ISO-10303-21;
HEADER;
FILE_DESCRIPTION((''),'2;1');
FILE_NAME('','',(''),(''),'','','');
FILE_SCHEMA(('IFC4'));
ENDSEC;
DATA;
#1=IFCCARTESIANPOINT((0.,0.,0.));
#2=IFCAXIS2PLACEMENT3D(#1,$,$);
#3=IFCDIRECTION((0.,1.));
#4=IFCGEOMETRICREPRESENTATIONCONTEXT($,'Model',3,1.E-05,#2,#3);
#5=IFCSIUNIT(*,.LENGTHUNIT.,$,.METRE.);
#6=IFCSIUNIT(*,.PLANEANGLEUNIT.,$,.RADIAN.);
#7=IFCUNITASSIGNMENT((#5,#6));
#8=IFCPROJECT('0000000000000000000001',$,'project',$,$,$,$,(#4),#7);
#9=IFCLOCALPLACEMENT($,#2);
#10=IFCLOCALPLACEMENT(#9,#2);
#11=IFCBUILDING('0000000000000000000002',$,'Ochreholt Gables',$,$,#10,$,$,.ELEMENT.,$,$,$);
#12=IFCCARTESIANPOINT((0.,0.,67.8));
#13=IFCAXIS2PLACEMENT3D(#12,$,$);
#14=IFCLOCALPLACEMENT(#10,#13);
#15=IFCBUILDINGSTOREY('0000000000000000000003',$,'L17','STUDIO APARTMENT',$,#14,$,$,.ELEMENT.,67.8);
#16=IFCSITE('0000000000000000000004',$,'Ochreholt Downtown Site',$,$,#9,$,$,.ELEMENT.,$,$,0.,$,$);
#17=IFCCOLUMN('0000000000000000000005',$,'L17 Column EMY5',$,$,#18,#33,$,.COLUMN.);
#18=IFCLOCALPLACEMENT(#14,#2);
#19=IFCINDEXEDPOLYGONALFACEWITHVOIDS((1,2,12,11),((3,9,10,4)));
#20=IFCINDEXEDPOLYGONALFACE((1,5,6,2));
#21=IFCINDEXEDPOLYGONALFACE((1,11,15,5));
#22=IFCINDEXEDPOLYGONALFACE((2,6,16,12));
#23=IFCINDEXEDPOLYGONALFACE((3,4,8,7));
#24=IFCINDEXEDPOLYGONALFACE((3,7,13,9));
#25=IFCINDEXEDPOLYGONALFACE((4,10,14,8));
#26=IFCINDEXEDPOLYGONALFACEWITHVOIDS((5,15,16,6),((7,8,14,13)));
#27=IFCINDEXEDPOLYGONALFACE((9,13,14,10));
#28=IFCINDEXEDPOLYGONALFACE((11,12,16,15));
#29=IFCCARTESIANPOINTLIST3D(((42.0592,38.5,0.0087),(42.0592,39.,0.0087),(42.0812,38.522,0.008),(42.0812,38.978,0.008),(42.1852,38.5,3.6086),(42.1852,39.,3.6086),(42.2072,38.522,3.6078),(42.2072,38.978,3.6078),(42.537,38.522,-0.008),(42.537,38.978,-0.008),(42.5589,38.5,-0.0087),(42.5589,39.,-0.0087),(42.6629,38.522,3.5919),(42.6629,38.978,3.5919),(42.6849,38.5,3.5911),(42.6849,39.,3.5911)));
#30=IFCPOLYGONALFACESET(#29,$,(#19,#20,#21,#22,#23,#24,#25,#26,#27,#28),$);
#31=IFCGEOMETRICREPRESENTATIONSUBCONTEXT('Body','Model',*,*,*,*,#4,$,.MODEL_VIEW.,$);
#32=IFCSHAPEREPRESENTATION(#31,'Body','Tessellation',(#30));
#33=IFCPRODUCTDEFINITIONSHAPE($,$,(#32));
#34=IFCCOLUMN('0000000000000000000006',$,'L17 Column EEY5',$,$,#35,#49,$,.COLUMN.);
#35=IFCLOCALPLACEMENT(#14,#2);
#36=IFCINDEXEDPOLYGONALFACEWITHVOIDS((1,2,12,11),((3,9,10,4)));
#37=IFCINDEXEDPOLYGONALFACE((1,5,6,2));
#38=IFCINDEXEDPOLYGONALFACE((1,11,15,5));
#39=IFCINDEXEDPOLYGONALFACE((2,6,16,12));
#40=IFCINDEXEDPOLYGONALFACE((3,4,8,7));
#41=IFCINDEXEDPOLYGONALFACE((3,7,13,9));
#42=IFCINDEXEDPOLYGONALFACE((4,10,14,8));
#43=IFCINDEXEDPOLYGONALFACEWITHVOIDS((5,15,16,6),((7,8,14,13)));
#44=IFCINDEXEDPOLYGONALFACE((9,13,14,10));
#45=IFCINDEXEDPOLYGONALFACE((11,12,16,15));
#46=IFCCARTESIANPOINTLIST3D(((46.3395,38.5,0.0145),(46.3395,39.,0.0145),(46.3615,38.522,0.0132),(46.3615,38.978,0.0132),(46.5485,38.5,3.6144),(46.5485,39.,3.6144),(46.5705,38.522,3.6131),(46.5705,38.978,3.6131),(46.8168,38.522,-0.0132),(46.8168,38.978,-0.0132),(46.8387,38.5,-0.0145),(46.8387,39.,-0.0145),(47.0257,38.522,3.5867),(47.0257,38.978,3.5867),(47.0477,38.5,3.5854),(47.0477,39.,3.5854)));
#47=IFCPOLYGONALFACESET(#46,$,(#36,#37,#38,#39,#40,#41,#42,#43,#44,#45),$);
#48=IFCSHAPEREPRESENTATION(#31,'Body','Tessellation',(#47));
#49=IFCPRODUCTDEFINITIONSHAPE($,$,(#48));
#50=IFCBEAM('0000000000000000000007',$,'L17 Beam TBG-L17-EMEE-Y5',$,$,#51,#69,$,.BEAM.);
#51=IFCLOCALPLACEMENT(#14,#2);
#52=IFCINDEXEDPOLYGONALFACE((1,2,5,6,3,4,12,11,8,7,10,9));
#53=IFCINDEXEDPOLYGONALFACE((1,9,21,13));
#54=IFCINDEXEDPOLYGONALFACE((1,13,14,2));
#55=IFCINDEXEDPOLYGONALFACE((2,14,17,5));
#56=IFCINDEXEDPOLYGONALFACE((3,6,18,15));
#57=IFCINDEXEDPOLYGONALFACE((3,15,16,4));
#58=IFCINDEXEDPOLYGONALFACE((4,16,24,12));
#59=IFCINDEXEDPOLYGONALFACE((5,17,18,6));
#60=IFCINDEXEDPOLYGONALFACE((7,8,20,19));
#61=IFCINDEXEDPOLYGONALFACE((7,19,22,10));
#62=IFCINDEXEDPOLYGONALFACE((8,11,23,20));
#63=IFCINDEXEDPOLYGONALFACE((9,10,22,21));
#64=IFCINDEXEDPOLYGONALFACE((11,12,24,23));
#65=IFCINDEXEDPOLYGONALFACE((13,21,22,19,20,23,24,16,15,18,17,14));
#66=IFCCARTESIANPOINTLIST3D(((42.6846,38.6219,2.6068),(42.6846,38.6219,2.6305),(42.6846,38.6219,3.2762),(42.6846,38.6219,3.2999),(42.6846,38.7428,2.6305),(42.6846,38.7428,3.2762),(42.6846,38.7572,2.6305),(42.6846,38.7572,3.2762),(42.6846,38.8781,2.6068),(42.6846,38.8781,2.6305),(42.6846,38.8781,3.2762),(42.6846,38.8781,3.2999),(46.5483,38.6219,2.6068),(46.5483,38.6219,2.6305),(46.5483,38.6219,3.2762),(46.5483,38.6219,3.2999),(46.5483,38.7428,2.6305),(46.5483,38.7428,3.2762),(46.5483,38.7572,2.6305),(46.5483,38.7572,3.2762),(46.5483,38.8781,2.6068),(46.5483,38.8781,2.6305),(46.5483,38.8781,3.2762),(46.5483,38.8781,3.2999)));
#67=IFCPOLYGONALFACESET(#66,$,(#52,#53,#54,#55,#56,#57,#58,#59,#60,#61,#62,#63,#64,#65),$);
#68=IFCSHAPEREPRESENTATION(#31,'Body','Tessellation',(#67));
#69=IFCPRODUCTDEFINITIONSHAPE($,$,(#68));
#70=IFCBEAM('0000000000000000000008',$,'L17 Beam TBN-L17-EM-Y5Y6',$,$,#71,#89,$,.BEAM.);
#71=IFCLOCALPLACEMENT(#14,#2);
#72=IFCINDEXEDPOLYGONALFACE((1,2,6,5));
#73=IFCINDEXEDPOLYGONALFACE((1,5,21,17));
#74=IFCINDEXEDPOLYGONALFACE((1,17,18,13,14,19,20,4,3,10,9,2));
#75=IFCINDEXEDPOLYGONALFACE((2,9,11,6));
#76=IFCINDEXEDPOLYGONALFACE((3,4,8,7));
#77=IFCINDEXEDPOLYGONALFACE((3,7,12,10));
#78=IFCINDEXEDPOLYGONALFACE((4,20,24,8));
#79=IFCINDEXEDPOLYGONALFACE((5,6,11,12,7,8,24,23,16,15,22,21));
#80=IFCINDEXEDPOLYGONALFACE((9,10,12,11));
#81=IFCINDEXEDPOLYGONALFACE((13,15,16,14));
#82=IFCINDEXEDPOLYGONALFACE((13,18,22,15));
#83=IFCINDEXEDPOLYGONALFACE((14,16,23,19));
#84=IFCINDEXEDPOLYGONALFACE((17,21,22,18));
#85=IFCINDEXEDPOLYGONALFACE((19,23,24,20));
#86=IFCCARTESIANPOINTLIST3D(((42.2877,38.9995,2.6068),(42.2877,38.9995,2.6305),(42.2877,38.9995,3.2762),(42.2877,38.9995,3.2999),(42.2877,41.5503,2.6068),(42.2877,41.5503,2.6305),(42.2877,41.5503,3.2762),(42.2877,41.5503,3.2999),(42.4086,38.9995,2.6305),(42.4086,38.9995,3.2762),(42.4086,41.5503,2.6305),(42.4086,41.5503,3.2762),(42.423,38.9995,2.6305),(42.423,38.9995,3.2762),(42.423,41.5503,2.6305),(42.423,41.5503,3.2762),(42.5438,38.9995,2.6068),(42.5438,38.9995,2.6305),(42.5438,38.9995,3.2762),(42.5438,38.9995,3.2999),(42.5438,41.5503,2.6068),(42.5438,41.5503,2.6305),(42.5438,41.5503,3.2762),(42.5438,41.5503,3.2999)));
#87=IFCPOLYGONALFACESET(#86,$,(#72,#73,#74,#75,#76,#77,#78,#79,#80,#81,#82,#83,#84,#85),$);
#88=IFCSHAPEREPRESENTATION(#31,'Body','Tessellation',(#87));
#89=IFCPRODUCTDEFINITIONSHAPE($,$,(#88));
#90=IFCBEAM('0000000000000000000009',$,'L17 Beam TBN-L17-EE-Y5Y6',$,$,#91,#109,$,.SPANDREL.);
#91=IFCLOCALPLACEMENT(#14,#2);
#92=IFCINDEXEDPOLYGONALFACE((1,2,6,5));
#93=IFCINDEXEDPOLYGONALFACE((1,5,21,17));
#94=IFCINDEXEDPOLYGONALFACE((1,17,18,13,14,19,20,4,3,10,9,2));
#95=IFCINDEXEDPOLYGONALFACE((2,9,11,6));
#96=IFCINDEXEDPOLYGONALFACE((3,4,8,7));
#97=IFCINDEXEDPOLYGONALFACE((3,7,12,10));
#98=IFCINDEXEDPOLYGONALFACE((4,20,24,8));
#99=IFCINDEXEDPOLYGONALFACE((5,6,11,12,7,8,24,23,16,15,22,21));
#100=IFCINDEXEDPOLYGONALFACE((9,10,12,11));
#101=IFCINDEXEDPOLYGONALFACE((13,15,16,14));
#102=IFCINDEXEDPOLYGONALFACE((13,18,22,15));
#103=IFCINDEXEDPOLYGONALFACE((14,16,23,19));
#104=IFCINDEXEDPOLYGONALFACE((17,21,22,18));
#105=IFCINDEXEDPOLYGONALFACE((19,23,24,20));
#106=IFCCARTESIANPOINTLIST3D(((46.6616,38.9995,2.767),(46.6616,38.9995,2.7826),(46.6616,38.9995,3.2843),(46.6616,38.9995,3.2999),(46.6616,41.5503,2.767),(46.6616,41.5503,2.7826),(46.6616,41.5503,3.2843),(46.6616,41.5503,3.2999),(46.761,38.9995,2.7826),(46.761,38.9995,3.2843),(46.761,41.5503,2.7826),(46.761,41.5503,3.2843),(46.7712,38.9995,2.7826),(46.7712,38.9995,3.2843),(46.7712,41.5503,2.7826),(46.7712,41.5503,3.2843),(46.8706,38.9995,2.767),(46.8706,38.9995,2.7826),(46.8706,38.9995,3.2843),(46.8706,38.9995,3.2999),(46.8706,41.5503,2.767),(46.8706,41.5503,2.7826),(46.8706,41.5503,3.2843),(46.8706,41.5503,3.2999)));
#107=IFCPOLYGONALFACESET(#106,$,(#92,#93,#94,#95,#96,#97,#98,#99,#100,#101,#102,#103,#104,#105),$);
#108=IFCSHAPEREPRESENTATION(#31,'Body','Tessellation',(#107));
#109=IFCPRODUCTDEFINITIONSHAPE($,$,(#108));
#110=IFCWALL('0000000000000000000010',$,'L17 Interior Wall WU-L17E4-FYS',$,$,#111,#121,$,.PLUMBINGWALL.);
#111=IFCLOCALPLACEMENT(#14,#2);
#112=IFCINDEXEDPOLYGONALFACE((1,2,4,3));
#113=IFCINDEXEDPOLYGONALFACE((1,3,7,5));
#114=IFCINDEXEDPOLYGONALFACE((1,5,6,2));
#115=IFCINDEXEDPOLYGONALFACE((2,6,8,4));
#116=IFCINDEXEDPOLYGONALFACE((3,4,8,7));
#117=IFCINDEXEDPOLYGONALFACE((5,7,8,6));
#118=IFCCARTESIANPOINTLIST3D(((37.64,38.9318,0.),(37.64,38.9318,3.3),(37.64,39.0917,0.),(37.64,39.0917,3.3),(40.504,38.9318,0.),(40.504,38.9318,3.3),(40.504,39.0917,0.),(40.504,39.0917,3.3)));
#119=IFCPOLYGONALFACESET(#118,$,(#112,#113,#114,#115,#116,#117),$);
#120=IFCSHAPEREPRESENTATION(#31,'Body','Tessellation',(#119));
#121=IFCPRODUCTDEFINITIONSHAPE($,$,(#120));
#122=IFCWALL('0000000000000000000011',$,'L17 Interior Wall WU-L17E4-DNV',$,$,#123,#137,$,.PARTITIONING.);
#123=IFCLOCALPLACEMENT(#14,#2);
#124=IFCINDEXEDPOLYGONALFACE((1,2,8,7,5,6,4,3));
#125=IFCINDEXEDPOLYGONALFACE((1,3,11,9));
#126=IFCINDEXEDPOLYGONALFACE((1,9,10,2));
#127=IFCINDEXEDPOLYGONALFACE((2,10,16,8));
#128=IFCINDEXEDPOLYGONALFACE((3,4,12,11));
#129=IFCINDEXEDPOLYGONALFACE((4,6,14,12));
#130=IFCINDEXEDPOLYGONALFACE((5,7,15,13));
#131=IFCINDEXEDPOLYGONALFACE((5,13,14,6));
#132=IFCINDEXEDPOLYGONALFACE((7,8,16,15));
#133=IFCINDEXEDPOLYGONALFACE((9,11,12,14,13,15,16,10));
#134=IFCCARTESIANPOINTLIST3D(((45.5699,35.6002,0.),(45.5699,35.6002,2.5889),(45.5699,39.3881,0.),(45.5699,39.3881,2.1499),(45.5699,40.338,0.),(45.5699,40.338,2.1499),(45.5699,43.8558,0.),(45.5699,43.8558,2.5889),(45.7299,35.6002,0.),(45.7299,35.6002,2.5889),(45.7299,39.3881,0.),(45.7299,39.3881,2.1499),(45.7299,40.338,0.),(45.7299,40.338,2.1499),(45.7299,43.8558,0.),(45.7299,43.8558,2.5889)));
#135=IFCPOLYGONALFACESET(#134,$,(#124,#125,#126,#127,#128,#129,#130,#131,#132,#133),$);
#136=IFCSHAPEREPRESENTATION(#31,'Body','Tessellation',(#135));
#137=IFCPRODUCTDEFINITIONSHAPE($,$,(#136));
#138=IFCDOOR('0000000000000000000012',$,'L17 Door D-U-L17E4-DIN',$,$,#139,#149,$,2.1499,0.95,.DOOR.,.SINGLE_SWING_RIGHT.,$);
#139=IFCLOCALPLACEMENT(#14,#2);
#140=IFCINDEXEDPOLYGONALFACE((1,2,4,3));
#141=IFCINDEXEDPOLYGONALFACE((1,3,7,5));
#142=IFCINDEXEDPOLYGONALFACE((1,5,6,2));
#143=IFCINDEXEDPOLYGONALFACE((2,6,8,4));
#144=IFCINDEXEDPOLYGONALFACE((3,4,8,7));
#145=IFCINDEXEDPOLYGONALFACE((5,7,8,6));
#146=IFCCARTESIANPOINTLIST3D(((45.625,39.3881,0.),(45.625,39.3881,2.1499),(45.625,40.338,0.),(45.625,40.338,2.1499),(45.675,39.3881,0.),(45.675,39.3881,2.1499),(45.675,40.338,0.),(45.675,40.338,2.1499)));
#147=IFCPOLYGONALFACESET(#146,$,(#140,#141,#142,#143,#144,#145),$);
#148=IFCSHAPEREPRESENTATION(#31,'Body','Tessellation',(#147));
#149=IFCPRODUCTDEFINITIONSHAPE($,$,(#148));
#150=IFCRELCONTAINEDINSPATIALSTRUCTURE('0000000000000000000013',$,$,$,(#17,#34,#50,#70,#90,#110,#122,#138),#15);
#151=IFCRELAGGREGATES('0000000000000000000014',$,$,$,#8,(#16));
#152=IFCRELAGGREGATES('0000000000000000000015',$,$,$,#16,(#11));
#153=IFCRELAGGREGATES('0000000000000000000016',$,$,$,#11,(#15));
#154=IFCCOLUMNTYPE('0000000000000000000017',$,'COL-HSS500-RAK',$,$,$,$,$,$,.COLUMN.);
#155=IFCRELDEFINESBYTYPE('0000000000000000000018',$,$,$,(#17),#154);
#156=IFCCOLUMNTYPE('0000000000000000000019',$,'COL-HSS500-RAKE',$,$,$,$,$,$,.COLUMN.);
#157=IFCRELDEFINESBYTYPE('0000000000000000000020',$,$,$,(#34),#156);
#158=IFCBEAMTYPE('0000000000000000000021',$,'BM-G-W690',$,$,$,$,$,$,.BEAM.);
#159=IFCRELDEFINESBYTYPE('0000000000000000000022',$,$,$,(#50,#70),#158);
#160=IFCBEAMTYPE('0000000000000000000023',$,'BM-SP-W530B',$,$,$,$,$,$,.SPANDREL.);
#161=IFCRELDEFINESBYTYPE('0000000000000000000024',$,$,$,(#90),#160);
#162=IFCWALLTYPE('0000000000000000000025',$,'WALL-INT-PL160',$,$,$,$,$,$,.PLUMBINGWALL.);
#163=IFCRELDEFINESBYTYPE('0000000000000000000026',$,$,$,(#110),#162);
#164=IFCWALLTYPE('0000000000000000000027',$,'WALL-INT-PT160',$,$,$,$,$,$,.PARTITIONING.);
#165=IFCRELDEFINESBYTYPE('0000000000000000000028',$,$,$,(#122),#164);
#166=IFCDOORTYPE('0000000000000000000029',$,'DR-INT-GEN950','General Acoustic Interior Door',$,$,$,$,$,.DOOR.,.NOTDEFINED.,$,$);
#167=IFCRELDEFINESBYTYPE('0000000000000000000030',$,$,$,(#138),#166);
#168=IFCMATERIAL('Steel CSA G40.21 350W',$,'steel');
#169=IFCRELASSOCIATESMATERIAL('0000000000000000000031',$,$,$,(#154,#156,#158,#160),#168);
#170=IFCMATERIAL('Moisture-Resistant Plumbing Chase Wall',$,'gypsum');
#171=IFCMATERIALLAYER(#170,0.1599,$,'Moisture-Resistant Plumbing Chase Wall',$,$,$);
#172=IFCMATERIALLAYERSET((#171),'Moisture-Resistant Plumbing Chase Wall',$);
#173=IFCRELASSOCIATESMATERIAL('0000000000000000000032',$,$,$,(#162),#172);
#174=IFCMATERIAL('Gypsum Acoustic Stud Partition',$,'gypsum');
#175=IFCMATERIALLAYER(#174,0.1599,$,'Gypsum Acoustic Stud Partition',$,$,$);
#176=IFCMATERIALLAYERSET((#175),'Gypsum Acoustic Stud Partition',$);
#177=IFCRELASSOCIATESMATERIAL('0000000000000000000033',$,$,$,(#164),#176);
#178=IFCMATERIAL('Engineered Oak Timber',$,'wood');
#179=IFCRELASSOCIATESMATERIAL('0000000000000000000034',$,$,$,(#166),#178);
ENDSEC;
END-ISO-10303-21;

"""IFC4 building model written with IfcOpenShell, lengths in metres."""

from ifc_helpers import new_model, si_unit, direction, frame, frame_2d, origin, origin_2d, place, context, subcontext, project, spatial, rectangle, hollow_rectangle, i_section, extrude, material, layer, layer_set, material_profile, profile_set, type_object, element, fill, save


model = new_model("IFC4")

# Units and contexts
model_context = context("Model", 3, precision=1e-05, world=origin(), true_north=direction((0.0, 1.0)))
body_context = subcontext(model_context, "Body", "Model", "MODEL_VIEW")
ifc_project = project(units=[si_unit("LENGTHUNIT", "METRE"), si_unit("PLANEANGLEUNIT", "RADIAN")], contexts=[model_context])

# Site, building, storey
site_placement = place(None, origin())
site = spatial("IfcSite", under=ifc_project, at=site_placement, Name="Ochreholt Downtown Site", CompositionType="ELEMENT", RefElevation=0.0)
building_placement = place(site_placement, origin())
building = spatial("IfcBuilding", under=site, at=building_placement, Name="Ochreholt Gables", CompositionType="ELEMENT")
storey_placement = place(building_placement, frame((0.0, 0.0, 67.8)))
storey = spatial("IfcBuildingStorey", under=building, at=storey_placement, Name="L17", Description="STUDIO APARTMENT", CompositionType="ELEMENT", Elevation=67.8)

# Columns
ifc_material_1 = material(Name="Steel CSA G40.21 350W", Category="steel")
ifc_material_profile_1 = material_profile(ifc_material_1, hollow_rectangle(XDim=0.5, YDim=0.5, WallThickness=0.022, at=origin_2d()), Name="HSS500X500X22")
ifc_profile_set_1 = profile_set([ifc_material_profile_1], Name="Steel CSA G40.21 350W")
column_type_1 = type_object("IfcColumnType", Name="COL-HSS500-RAK", PredefinedType="COLUMN", material=ifc_profile_set_1)
column_1_placement = place(storey_placement, frame((42.3091, 38.75, 0.0), z_axis=(0.034974, 0.0, 0.999388), x_axis=(0.0, 1.0, 0.0)))
element("IfcColumn", 1, at=column_1_placement, inside=storey, type_object=column_type_1, Name="L17 Column EMY5", PredefinedType="COLUMN", context=body_context, shape_type="SweptSolid", body=[
    extrude(hollow_rectangle(XDim=0.5, YDim=0.5, WallThickness=0.022, at=origin_2d()), origin(), (0.0, 0.0, 1.0), 3.6021),
])
ifc_material_profile_2 = material_profile(ifc_material_1, hollow_rectangle(XDim=0.5, YDim=0.5, WallThickness=0.022, at=origin_2d()), Name="HSS500X500X22")
ifc_profile_set_2 = profile_set([ifc_material_profile_2], Name="Steel CSA G40.21 350W")
column_type_2 = type_object("IfcColumnType", Name="COL-HSS500-RAKE", PredefinedType="COLUMN", material=ifc_profile_set_2)
column_2_placement = place(storey_placement, frame((46.5891, 38.75, 0.0), z_axis=(0.057956, 0.0, 0.998319), x_axis=(0.0, 1.0, 0.0)))
element("IfcColumn", 2, at=column_2_placement, inside=storey, type_object=column_type_2, Name="L17 Column EEY5", PredefinedType="COLUMN", context=body_context, shape_type="SweptSolid", body=[
    extrude(hollow_rectangle(XDim=0.5, YDim=0.5, WallThickness=0.022, at=origin_2d()), origin(), (0.0, 0.0, 1.0), 3.606),
])

# Beams
ifc_material_profile_3 = material_profile(ifc_material_1, i_section(OverallWidth=0.2561, OverallDepth=0.6931, WebThickness=0.0144, FlangeThickness=0.0237, at=origin_2d()), Name="W690X170")
ifc_profile_set_3 = profile_set([ifc_material_profile_3], Name="Steel CSA G40.21 350W")
beam_type_1 = type_object("IfcBeamType", Name="BM-G-W690", PredefinedType="BEAM", material=ifc_profile_set_3)
beam_1_placement = place(storey_placement, frame((42.6846, 38.75, 2.9534), z_axis=(1.0, 0.0, 0.0), x_axis=(0.0, 1.0, 0.0)))
element("IfcBeam", 3, at=beam_1_placement, inside=storey, type_object=beam_type_1, Name="L17 Beam TBG-L17-EMEE-Y5", PredefinedType="BEAM", context=body_context, shape_type="SweptSolid", body=[
    extrude(i_section(OverallWidth=0.2561, OverallDepth=0.6931, WebThickness=0.0144, FlangeThickness=0.0237, at=origin_2d()), origin(), (0.0, 0.0, 1.0), 3.8638),
])
beam_2_placement = place(storey_placement, frame((42.4158, 38.9995, 2.9534), z_axis=(0.0, 1.0, 0.0), x_axis=(-1.0, 0.0, 0.0)))
element("IfcBeam", 4, at=beam_2_placement, inside=storey, type_object=beam_type_1, Name="L17 Beam TBN-L17-EM-Y5Y6", PredefinedType="BEAM", context=body_context, shape_type="SweptSolid", body=[
    extrude(i_section(OverallWidth=0.2561, OverallDepth=0.6931, WebThickness=0.0144, FlangeThickness=0.0237, at=origin_2d()), origin(), (0.0, 0.0, 1.0), 2.5508),
])
ifc_material_profile_4 = material_profile(ifc_material_1, i_section(OverallWidth=0.209, OverallDepth=0.533, WebThickness=0.0103, FlangeThickness=0.0156, at=origin_2d()), Name="W530X92")
ifc_profile_set_4 = profile_set([ifc_material_profile_4], Name="Steel CSA G40.21 350W")
beam_type_2 = type_object("IfcBeamType", Name="BM-SP-W530B", PredefinedType="SPANDREL", material=ifc_profile_set_4)
beam_3_placement = place(storey_placement, frame((46.7661, 38.9995, 3.0334), z_axis=(0.0, 1.0, 0.0), x_axis=(-1.0, 0.0, 0.0)))
element("IfcBeam", 5, at=beam_3_placement, inside=storey, type_object=beam_type_2, Name="L17 Beam TBN-L17-EE-Y5Y6", PredefinedType="SPANDREL", context=body_context, shape_type="SweptSolid", body=[
    extrude(i_section(OverallWidth=0.209, OverallDepth=0.533, WebThickness=0.0103, FlangeThickness=0.0156, at=origin_2d()), origin(), (0.0, 0.0, 1.0), 2.5508),
])

# Wall
ifc_material_2 = material(Name="Moisture-Resistant Plumbing Chase Wall", Category="gypsum")
ifc_layer_1 = layer(ifc_material_2, 0.1599, Name="Moisture-Resistant Plumbing Chase Wall")
ifc_layer_set_1 = layer_set([ifc_layer_1], Name="Moisture-Resistant Plumbing Chase Wall")
wall_type_1 = type_object("IfcWallType", Name="WALL-INT-PL160", PredefinedType="PLUMBINGWALL", material=ifc_layer_set_1)
wall_1_placement = place(storey_placement, frame((37.6399, 39.0117, 0.0), z_axis=(0.0, 0.0, 1.0), x_axis=(1.0, 0.0, 0.0)))
element("IfcWall", 6, at=wall_1_placement, inside=storey, type_object=wall_type_1, Name="L17 Interior Wall WU-L17E4-FYS", PredefinedType="PLUMBINGWALL", context=body_context, shape_type="SweptSolid", body=[
    extrude(rectangle(XDim=2.864, YDim=0.1599, at=frame_2d((1.4321, 0.0))), origin(), (0.0, 0.0, 1.0), 3.3),
])

# Shared definitions
ifc_material_3 = material(Name="Engineered Oak Timber", Category="wood")

# Wall, opening, door
ifc_material_4 = material(Name="Gypsum Acoustic Stud Partition", Category="gypsum")
ifc_layer_2 = layer(ifc_material_4, 0.1599, Name="Gypsum Acoustic Stud Partition")
ifc_layer_set_2 = layer_set([ifc_layer_2], Name="Gypsum Acoustic Stud Partition")
wall_type_2 = type_object("IfcWallType", Name="WALL-INT-PT160", PredefinedType="PARTITIONING", material=ifc_layer_set_2)
wall_2_placement = place(storey_placement, frame((45.6499, 35.6001, 0.0), z_axis=(0.0, 0.0, 1.0), x_axis=(0.0, 1.0, 0.0)))
wall_2 = element("IfcWall", 7, at=wall_2_placement, inside=storey, type_object=wall_type_2, Name="L17 Interior Wall WU-L17E4-DNV", PredefinedType="PARTITIONING", context=body_context, shape_type="SweptSolid", body=[
    extrude(rectangle(XDim=8.2556, YDim=0.1599, at=frame_2d((4.1279, 0.0))), origin(), (0.0, 0.0, 1.0), 2.5889),
])
opening_1_placement = place(wall_2_placement, frame((3.7878, 0.0, 0.0)))
opening_1 = element("IfcOpeningElement", 8, at=opening_1_placement, cuts=wall_2, PredefinedType="OPENING", context=body_context, shape_type="SweptSolid", body=[
    extrude(rectangle(XDim=0.95, YDim=2.1499, at=frame_2d((0.4751, 1.075))), frame((0.0, 0.0898, 0.0), z_axis=(0.0, -1.0, 0.0), x_axis=(1.0, 0.0, 0.0)), (0.0, 0.0, 1.0), 0.1799),
])
door_type_1 = type_object("IfcDoorType", Name="DR-INT-GEN950", Description="General Acoustic Interior Door", OperationType="NOTDEFINED", PredefinedType="DOOR", material=ifc_material_3)
door_1_placement = place(opening_1_placement, origin())
door_1 = element("IfcDoor", 9, at=door_1_placement, inside=storey, type_object=door_type_1, Name="L17 Door D-U-L17E4-DIN", OperationType="SINGLE_SWING_RIGHT", OverallHeight=2.1499, OverallWidth=0.95, PredefinedType="DOOR", context=body_context, shape_type="SweptSolid", body=[
    extrude(rectangle(XDim=0.95, YDim=2.1499, at=frame_2d((0.4751, 1.075))), frame((0.0, 0.0249, 0.0), z_axis=(0.0, -1.0, 0.0), x_axis=(1.0, 0.0, 0.0)), (0.0, 0.0, 1.0), 0.05),
])
fill(opening_1, door_1)

save(model, "model.ifc")
